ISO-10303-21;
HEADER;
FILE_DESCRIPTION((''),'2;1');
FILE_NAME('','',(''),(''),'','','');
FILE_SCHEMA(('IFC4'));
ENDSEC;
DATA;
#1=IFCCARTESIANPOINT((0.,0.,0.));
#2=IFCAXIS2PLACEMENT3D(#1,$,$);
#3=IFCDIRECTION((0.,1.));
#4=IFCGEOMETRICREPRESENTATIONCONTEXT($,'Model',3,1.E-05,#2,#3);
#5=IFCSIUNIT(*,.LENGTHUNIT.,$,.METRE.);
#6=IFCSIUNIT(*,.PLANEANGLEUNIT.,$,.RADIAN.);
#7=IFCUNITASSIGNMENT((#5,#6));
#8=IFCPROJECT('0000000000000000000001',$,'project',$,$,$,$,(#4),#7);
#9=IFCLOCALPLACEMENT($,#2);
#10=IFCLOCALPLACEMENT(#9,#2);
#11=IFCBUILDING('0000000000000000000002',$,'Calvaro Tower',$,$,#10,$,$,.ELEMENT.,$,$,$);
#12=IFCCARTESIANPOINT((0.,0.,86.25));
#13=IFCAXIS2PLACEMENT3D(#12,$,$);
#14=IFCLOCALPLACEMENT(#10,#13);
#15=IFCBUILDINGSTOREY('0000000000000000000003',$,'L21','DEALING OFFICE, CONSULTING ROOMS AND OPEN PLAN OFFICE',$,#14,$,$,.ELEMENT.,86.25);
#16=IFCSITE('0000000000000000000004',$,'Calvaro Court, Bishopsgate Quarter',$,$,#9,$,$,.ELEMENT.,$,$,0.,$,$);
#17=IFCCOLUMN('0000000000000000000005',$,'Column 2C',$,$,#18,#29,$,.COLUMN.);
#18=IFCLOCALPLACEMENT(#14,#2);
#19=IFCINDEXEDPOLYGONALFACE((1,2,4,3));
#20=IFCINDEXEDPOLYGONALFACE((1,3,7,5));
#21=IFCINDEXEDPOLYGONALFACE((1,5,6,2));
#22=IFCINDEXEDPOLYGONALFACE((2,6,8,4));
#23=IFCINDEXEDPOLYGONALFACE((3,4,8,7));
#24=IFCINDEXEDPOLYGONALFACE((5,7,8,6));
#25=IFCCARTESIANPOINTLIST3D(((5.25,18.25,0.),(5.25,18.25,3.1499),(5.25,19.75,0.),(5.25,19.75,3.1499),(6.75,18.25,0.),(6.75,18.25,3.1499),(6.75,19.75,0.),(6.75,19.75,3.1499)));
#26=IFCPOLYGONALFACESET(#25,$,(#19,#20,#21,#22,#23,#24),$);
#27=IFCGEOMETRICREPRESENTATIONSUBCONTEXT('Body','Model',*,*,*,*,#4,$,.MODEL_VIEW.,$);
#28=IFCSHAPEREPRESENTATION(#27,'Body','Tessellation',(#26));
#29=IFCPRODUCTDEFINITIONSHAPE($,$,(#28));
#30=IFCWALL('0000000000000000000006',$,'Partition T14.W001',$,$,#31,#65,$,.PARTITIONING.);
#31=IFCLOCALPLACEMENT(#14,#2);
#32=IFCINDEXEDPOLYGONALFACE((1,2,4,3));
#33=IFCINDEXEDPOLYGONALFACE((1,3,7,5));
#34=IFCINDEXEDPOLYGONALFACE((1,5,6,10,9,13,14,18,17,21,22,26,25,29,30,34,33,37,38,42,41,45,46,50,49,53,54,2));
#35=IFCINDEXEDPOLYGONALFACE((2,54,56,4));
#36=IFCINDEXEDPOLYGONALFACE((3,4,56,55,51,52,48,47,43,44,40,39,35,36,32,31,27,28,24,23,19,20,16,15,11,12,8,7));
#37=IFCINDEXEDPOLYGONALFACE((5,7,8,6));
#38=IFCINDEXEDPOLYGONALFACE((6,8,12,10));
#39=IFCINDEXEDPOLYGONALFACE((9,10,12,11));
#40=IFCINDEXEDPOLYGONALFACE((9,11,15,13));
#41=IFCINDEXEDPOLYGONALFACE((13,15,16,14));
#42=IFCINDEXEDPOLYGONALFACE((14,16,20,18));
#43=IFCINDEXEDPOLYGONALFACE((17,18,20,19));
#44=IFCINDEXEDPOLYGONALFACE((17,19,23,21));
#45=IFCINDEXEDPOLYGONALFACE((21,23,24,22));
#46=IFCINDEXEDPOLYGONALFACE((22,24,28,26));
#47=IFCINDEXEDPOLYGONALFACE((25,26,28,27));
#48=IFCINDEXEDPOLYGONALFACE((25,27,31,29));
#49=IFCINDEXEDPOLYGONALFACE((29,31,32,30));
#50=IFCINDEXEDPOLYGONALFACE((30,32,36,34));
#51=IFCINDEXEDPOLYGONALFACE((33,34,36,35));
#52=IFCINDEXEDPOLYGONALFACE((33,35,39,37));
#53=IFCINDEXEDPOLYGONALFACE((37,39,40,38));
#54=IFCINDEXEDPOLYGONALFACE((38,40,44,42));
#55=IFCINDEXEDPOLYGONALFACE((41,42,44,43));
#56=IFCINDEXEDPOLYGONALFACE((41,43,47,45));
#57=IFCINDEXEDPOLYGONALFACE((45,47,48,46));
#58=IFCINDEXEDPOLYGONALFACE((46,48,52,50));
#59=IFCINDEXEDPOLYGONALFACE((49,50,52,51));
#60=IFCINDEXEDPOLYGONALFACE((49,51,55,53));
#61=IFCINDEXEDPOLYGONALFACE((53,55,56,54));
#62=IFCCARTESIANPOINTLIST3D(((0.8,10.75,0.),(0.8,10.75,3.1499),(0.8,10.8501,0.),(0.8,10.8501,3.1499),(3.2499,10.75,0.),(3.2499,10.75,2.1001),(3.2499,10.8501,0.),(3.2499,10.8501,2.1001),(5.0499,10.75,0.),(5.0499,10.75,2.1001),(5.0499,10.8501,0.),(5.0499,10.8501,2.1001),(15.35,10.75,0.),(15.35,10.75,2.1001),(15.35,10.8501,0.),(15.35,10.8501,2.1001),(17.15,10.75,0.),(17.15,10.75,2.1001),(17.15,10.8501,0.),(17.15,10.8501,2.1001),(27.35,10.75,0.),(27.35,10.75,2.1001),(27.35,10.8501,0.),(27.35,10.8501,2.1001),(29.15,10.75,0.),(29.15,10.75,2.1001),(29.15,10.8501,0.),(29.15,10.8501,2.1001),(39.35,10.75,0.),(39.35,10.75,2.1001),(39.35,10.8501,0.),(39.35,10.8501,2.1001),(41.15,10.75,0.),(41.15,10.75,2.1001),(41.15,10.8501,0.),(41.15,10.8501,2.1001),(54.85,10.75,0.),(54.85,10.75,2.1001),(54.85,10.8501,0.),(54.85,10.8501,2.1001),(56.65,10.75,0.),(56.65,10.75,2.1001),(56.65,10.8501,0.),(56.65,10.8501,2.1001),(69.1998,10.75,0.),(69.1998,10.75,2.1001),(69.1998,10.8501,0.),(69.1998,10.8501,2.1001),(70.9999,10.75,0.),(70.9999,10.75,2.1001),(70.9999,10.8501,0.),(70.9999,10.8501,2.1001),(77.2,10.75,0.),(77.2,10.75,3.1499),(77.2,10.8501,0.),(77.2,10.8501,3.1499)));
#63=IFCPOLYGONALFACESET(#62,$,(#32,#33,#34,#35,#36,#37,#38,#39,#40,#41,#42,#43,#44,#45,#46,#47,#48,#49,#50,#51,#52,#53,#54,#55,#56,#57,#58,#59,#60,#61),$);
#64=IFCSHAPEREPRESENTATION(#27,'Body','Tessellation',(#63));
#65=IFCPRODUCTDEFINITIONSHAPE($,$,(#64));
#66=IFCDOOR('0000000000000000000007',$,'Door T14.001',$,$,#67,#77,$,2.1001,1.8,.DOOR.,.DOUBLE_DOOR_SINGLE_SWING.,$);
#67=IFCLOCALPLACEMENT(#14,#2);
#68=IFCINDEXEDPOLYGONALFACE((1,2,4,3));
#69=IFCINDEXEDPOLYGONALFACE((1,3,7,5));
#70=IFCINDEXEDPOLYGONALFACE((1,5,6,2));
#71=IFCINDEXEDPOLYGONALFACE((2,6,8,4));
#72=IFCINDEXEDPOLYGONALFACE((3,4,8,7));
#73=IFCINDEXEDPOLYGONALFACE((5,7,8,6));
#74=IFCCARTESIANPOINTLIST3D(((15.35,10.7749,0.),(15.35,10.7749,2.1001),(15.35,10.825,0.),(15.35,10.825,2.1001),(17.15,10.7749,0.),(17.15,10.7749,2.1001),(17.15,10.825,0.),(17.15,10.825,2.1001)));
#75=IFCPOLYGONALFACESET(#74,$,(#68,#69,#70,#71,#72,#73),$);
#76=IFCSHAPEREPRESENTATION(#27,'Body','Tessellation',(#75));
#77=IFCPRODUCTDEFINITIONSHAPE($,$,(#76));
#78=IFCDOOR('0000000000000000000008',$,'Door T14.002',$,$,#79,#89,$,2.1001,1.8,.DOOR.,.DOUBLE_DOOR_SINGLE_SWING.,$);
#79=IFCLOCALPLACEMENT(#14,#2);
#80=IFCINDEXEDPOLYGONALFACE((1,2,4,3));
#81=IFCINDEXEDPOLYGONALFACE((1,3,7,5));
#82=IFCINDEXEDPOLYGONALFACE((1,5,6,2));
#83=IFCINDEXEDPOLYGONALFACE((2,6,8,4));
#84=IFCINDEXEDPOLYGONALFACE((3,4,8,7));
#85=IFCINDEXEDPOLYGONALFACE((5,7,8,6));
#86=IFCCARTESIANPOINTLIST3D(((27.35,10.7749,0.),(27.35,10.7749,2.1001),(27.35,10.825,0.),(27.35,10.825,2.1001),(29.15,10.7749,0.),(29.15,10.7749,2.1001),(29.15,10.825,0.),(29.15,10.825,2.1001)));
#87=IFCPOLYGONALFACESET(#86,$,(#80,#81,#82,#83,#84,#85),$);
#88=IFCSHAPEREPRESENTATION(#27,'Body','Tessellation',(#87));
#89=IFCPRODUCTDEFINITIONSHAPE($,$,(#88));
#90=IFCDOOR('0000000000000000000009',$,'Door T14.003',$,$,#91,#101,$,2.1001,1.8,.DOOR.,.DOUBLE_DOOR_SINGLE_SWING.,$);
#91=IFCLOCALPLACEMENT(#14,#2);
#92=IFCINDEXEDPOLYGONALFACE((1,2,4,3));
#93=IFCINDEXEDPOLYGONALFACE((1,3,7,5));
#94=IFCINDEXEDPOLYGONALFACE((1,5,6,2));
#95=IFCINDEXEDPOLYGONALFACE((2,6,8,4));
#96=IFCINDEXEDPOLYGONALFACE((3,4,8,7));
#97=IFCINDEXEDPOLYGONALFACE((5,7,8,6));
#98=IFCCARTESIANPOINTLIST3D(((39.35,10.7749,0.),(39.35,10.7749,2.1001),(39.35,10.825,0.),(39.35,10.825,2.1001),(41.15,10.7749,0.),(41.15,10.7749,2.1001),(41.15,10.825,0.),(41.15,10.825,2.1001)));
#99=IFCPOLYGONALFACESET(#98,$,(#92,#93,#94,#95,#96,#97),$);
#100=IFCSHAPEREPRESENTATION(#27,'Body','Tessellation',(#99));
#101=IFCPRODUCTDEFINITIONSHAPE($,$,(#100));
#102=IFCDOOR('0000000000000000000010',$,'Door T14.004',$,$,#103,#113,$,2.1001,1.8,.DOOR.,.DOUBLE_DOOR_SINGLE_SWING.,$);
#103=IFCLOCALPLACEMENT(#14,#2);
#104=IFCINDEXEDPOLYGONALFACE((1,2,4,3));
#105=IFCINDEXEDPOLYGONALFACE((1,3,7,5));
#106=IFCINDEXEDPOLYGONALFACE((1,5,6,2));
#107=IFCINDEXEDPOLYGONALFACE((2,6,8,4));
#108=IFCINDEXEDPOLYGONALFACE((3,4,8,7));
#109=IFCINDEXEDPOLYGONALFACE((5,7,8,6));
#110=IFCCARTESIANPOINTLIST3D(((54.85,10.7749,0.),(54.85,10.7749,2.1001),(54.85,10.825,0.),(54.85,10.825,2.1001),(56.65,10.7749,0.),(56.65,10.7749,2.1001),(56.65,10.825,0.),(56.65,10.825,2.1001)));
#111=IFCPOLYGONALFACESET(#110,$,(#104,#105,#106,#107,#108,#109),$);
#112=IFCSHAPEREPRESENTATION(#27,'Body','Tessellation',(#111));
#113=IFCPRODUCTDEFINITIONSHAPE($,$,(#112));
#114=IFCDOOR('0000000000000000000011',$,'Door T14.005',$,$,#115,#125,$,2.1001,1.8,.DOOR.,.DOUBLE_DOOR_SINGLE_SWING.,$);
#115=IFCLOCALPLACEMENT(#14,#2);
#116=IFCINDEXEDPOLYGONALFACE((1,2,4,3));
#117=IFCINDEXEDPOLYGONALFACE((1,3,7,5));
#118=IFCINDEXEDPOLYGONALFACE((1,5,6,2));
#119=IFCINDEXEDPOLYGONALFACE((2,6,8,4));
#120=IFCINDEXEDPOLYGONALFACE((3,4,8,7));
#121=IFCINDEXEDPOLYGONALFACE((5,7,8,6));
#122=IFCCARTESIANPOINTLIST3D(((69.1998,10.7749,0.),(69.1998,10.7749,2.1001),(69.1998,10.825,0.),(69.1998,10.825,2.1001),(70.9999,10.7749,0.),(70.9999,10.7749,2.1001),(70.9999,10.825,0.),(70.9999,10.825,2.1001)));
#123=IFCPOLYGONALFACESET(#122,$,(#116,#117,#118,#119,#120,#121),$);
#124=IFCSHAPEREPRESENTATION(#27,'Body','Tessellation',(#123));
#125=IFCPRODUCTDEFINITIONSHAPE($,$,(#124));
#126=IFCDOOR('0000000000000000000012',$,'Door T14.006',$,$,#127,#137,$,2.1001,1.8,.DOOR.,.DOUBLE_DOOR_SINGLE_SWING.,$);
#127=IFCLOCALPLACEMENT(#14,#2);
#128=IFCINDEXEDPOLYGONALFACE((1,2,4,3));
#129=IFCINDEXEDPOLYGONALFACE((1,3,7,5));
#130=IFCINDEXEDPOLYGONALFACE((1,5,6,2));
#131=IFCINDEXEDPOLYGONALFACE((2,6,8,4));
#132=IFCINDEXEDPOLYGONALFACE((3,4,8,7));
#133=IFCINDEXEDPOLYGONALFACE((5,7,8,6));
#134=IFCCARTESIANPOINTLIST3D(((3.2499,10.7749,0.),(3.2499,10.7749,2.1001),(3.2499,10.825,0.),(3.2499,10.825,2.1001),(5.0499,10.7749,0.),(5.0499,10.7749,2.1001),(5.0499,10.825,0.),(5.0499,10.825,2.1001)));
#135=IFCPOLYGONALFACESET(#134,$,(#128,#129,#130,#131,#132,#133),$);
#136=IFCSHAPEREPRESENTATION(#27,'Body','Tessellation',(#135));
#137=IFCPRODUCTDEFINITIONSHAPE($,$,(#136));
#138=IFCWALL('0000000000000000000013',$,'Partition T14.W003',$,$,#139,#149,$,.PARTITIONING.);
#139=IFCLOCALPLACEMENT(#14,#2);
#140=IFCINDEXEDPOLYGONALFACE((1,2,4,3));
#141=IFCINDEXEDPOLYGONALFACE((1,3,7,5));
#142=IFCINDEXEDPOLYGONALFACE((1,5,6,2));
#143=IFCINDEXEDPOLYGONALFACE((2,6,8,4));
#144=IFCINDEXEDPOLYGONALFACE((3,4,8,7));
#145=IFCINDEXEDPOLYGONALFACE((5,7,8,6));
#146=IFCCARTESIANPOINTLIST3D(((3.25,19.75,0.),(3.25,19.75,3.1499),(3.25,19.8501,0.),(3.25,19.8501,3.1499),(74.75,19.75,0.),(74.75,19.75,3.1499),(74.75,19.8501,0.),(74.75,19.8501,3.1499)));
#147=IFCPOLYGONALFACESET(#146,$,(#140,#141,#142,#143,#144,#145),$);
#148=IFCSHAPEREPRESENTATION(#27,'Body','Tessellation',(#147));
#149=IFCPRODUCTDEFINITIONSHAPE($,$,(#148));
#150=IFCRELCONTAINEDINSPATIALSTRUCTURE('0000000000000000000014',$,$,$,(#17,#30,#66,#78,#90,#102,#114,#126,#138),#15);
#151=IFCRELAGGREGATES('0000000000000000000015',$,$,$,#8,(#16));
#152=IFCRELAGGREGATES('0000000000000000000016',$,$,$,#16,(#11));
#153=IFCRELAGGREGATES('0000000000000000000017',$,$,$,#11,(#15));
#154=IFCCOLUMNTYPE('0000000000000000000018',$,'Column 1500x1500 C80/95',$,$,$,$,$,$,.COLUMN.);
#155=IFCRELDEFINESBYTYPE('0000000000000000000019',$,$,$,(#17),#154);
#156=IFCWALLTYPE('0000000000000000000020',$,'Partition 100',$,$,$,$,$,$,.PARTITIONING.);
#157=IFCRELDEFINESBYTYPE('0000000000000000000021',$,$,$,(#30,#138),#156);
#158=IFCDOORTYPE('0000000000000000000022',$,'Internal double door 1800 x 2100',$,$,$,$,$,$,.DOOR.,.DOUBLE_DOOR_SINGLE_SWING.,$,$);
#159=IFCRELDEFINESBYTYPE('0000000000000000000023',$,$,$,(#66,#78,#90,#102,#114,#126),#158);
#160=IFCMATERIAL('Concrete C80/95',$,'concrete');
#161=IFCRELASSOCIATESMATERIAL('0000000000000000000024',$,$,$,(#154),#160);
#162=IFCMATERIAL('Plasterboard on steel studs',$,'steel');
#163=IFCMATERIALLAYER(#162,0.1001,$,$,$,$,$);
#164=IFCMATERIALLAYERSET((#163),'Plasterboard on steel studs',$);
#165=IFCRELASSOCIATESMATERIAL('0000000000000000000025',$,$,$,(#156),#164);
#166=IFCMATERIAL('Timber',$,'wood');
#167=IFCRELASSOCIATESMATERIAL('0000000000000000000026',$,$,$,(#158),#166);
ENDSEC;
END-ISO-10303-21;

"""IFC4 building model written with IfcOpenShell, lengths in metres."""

from ifc_helpers import new_model, si_unit, direction, frame, frame_2d, origin, origin_2d, place, context, subcontext, project, spatial, rectangle, extrude, material, layer, layer_set, material_profile, profile_set, type_object, element, fill, save


model = new_model("IFC4")

# Units and contexts
model_context = context("Model", 3, precision=1e-05, world=origin(), true_north=direction((0.0, 1.0)))
body_context = subcontext(model_context, "Body", "Model", "MODEL_VIEW")
ifc_project = project(units=[si_unit("LENGTHUNIT", "METRE"), si_unit("PLANEANGLEUNIT", "RADIAN")], contexts=[model_context])

# Site, building, storey
site_placement = place(None, origin())
site = spatial("IfcSite", under=ifc_project, at=site_placement, Name="Calvaro Court, Bishopsgate Quarter", CompositionType="ELEMENT", RefElevation=0.0)
building_placement = place(site_placement, origin())
building = spatial("IfcBuilding", under=site, at=building_placement, Name="Calvaro Tower", CompositionType="ELEMENT")
storey_placement = place(building_placement, frame((0.0, 0.0, 86.25)))
storey = spatial("IfcBuildingStorey", under=building, at=storey_placement, Name="L21", Description="DEALING OFFICE, CONSULTING ROOMS AND OPEN PLAN OFFICE", CompositionType="ELEMENT", Elevation=86.25)

# Column
ifc_material_1 = material(Name="Concrete C80/95", Category="concrete")
ifc_material_profile = material_profile(ifc_material_1, rectangle(XDim=1.5, YDim=1.5, at=origin_2d()), Name="RC 1500x1500")
ifc_profile_set = profile_set([ifc_material_profile], Name="Concrete C80/95")
column_type = type_object("IfcColumnType", Name="Column 1500x1500 C80/95", PredefinedType="COLUMN", material=ifc_profile_set)
column_placement = place(storey_placement, frame((6.0, 19.0, 0.0), z_axis=(0.0, 0.0, 1.0), x_axis=(1.0, 0.0, 0.0)))
element("IfcColumn", 1, at=column_placement, inside=storey, type_object=column_type, Name="Column 2C", PredefinedType="COLUMN", context=body_context, shape_type="SweptSolid", body=[
    extrude(rectangle(XDim=1.5, YDim=1.5, at=origin_2d()), origin(), (0.0, 0.0, 1.0), 3.1499),
])

# Wall, openings, doors
ifc_material_2 = material(Name="Plasterboard on steel studs", Category="steel")
ifc_layer_1 = layer(ifc_material_2, 0.1001)
ifc_layer_set_1 = layer_set([ifc_layer_1], Name="Plasterboard on steel studs")
wall_type_1 = type_object("IfcWallType", Name="Partition 100", PredefinedType="PARTITIONING", material=ifc_layer_set_1)
wall_1_placement = place(storey_placement, frame((0.8, 10.8, 0.0), z_axis=(0.0, 0.0, 1.0), x_axis=(1.0, 0.0, 0.0)))
wall_1 = element("IfcWall", 2, at=wall_1_placement, inside=storey, type_object=wall_type_1, Name="Partition T14.W001", PredefinedType="PARTITIONING", context=body_context, shape_type="SweptSolid", body=[
    extrude(rectangle(XDim=76.3999, YDim=0.1001, at=frame_2d((38.2, 0.0))), origin(), (0.0, 0.0, 1.0), 3.1499),
])
opening_1_placement = place(wall_1_placement, frame((14.55, 0.0, 0.0)))
opening_1 = element("IfcOpeningElement", 3, at=opening_1_placement, cuts=wall_1, PredefinedType="OPENING", context=body_context, shape_type="SweptSolid", body=[
    extrude(rectangle(XDim=1.8, YDim=2.1001, at=frame_2d((0.8999, 1.05))), frame((0.0, 0.0601, 0.0), z_axis=(0.0, -1.0, 0.0), x_axis=(1.0, 0.0, 0.0)), (0.0, 0.0, 1.0), 0.1201),
])
opening_2_placement = place(wall_1_placement, frame((26.55, 0.0, 0.0)))
opening_2 = element("IfcOpeningElement", 4, at=opening_2_placement, cuts=wall_1, PredefinedType="OPENING", context=body_context, shape_type="SweptSolid", body=[
    extrude(rectangle(XDim=1.8, YDim=2.1001, at=frame_2d((0.8999, 1.05))), frame((0.0, 0.0601, 0.0), z_axis=(0.0, -1.0, 0.0), x_axis=(1.0, 0.0, 0.0)), (0.0, 0.0, 1.0), 0.1201),
])
opening_3_placement = place(wall_1_placement, frame((38.55, 0.0, 0.0)))
opening_3 = element("IfcOpeningElement", 5, at=opening_3_placement, cuts=wall_1, PredefinedType="OPENING", context=body_context, shape_type="SweptSolid", body=[
    extrude(rectangle(XDim=1.8, YDim=2.1001, at=frame_2d((0.8999, 1.05))), frame((0.0, 0.0601, 0.0), z_axis=(0.0, -1.0, 0.0), x_axis=(1.0, 0.0, 0.0)), (0.0, 0.0, 1.0), 0.1201),
])
opening_4_placement = place(wall_1_placement, frame((54.05, 0.0, 0.0)))
opening_4 = element("IfcOpeningElement", 6, at=opening_4_placement, cuts=wall_1, PredefinedType="OPENING", context=body_context, shape_type="SweptSolid", body=[
    extrude(rectangle(XDim=1.8, YDim=2.1001, at=frame_2d((0.8999, 1.05))), frame((0.0, 0.0601, 0.0), z_axis=(0.0, -1.0, 0.0), x_axis=(1.0, 0.0, 0.0)), (0.0, 0.0, 1.0), 0.1201),
])
opening_5_placement = place(wall_1_placement, frame((68.3999, 0.0, 0.0)))
opening_5 = element("IfcOpeningElement", 7, at=opening_5_placement, cuts=wall_1, PredefinedType="OPENING", context=body_context, shape_type="SweptSolid", body=[
    extrude(rectangle(XDim=1.8, YDim=2.1001, at=frame_2d((0.8999, 1.05))), frame((0.0, 0.0601, 0.0), z_axis=(0.0, -1.0, 0.0), x_axis=(1.0, 0.0, 0.0)), (0.0, 0.0, 1.0), 0.1201),
])
opening_6_placement = place(wall_1_placement, frame((2.45, 0.0, 0.0)))
opening_6 = element("IfcOpeningElement", 8, at=opening_6_placement, cuts=wall_1, PredefinedType="OPENING", context=body_context, shape_type="SweptSolid", body=[
    extrude(rectangle(XDim=1.8, YDim=2.1001, at=frame_2d((0.8999, 1.05))), frame((0.0, 0.0601, 0.0), z_axis=(0.0, -1.0, 0.0), x_axis=(1.0, 0.0, 0.0)), (0.0, 0.0, 1.0), 0.1201),
])
ifc_material_3 = material(Name="Timber", Category="wood")
door_type_1 = type_object("IfcDoorType", Name="Internal double door 1800 x 2100", OperationType="DOUBLE_DOOR_SINGLE_SWING", PredefinedType="DOOR", material=ifc_material_3)
door_1_placement = place(opening_1_placement, origin())
door_1 = element("IfcDoor", 9, at=door_1_placement, inside=storey, type_object=door_type_1, Name="Door T14.001", OperationType="DOUBLE_DOOR_SINGLE_SWING", OverallHeight=2.1001, OverallWidth=1.8, PredefinedType="DOOR", context=body_context, shape_type="SweptSolid", body=[
    extrude(rectangle(XDim=1.8, YDim=2.1001, at=frame_2d((0.8999, 1.05))), frame((0.0, 0.0249, 0.0), z_axis=(0.0, -1.0, 0.0), x_axis=(1.0, 0.0, 0.0)), (0.0, 0.0, 1.0), 0.05),
])
fill(opening_1, door_1)
door_2_placement = place(opening_2_placement, origin())
door_2 = element("IfcDoor", 10, at=door_2_placement, inside=storey, type_object=door_type_1, Name="Door T14.002", OperationType="DOUBLE_DOOR_SINGLE_SWING", OverallHeight=2.1001, OverallWidth=1.8, PredefinedType="DOOR", context=body_context, shape_type="SweptSolid", body=[
    extrude(rectangle(XDim=1.8, YDim=2.1001, at=frame_2d((0.8999, 1.05))), frame((0.0, 0.0249, 0.0), z_axis=(0.0, -1.0, 0.0), x_axis=(1.0, 0.0, 0.0)), (0.0, 0.0, 1.0), 0.05),
])
fill(opening_2, door_2)
door_3_placement = place(opening_3_placement, origin())
door_3 = element("IfcDoor", 11, at=door_3_placement, inside=storey, type_object=door_type_1, Name="Door T14.003", OperationType="DOUBLE_DOOR_SINGLE_SWING", OverallHeight=2.1001, OverallWidth=1.8, PredefinedType="DOOR", context=body_context, shape_type="SweptSolid", body=[
    extrude(rectangle(XDim=1.8, YDim=2.1001, at=frame_2d((0.8999, 1.05))), frame((0.0, 0.0249, 0.0), z_axis=(0.0, -1.0, 0.0), x_axis=(1.0, 0.0, 0.0)), (0.0, 0.0, 1.0), 0.05),
])
fill(opening_3, door_3)
door_4_placement = place(opening_4_placement, origin())
door_4 = element("IfcDoor", 12, at=door_4_placement, inside=storey, type_object=door_type_1, Name="Door T14.004", OperationType="DOUBLE_DOOR_SINGLE_SWING", OverallHeight=2.1001, OverallWidth=1.8, PredefinedType="DOOR", context=body_context, shape_type="SweptSolid", body=[
    extrude(rectangle(XDim=1.8, YDim=2.1001, at=frame_2d((0.8999, 1.05))), frame((0.0, 0.0249, 0.0), z_axis=(0.0, -1.0, 0.0), x_axis=(1.0, 0.0, 0.0)), (0.0, 0.0, 1.0), 0.05),
])
fill(opening_4, door_4)
door_5_placement = place(opening_5_placement, origin())
door_5 = element("IfcDoor", 13, at=door_5_placement, inside=storey, type_object=door_type_1, Name="Door T14.005", OperationType="DOUBLE_DOOR_SINGLE_SWING", OverallHeight=2.1001, OverallWidth=1.8, PredefinedType="DOOR", context=body_context, shape_type="SweptSolid", body=[
    extrude(rectangle(XDim=1.8, YDim=2.1001, at=frame_2d((0.8999, 1.05))), frame((0.0, 0.0249, 0.0), z_axis=(0.0, -1.0, 0.0), x_axis=(1.0, 0.0, 0.0)), (0.0, 0.0, 1.0), 0.05),
])
fill(opening_5, door_5)
door_6_placement = place(opening_6_placement, origin())
door_6 = element("IfcDoor", 14, at=door_6_placement, inside=storey, type_object=door_type_1, Name="Door T14.006", OperationType="DOUBLE_DOOR_SINGLE_SWING", OverallHeight=2.1001, OverallWidth=1.8, PredefinedType="DOOR", context=body_context, shape_type="SweptSolid", body=[
    extrude(rectangle(XDim=1.8, YDim=2.1001, at=frame_2d((0.8999, 1.05))), frame((0.0, 0.0249, 0.0), z_axis=(0.0, -1.0, 0.0), x_axis=(1.0, 0.0, 0.0)), (0.0, 0.0, 1.0), 0.05),
])
fill(opening_6, door_6)

# Wall
wall_2_placement = place(storey_placement, frame((3.25, 19.8, 0.0), z_axis=(0.0, 0.0, 1.0), x_axis=(1.0, 0.0, 0.0)))
element("IfcWall", 15, at=wall_2_placement, inside=storey, type_object=wall_type_1, Name="Partition T14.W003", PredefinedType="PARTITIONING", context=body_context, shape_type="SweptSolid", body=[
    extrude(rectangle(XDim=71.5, YDim=0.1001, at=frame_2d((35.75, 0.0))), origin(), (0.0, 0.0, 1.0), 3.1499),
])

save(model, "model.ifc")
